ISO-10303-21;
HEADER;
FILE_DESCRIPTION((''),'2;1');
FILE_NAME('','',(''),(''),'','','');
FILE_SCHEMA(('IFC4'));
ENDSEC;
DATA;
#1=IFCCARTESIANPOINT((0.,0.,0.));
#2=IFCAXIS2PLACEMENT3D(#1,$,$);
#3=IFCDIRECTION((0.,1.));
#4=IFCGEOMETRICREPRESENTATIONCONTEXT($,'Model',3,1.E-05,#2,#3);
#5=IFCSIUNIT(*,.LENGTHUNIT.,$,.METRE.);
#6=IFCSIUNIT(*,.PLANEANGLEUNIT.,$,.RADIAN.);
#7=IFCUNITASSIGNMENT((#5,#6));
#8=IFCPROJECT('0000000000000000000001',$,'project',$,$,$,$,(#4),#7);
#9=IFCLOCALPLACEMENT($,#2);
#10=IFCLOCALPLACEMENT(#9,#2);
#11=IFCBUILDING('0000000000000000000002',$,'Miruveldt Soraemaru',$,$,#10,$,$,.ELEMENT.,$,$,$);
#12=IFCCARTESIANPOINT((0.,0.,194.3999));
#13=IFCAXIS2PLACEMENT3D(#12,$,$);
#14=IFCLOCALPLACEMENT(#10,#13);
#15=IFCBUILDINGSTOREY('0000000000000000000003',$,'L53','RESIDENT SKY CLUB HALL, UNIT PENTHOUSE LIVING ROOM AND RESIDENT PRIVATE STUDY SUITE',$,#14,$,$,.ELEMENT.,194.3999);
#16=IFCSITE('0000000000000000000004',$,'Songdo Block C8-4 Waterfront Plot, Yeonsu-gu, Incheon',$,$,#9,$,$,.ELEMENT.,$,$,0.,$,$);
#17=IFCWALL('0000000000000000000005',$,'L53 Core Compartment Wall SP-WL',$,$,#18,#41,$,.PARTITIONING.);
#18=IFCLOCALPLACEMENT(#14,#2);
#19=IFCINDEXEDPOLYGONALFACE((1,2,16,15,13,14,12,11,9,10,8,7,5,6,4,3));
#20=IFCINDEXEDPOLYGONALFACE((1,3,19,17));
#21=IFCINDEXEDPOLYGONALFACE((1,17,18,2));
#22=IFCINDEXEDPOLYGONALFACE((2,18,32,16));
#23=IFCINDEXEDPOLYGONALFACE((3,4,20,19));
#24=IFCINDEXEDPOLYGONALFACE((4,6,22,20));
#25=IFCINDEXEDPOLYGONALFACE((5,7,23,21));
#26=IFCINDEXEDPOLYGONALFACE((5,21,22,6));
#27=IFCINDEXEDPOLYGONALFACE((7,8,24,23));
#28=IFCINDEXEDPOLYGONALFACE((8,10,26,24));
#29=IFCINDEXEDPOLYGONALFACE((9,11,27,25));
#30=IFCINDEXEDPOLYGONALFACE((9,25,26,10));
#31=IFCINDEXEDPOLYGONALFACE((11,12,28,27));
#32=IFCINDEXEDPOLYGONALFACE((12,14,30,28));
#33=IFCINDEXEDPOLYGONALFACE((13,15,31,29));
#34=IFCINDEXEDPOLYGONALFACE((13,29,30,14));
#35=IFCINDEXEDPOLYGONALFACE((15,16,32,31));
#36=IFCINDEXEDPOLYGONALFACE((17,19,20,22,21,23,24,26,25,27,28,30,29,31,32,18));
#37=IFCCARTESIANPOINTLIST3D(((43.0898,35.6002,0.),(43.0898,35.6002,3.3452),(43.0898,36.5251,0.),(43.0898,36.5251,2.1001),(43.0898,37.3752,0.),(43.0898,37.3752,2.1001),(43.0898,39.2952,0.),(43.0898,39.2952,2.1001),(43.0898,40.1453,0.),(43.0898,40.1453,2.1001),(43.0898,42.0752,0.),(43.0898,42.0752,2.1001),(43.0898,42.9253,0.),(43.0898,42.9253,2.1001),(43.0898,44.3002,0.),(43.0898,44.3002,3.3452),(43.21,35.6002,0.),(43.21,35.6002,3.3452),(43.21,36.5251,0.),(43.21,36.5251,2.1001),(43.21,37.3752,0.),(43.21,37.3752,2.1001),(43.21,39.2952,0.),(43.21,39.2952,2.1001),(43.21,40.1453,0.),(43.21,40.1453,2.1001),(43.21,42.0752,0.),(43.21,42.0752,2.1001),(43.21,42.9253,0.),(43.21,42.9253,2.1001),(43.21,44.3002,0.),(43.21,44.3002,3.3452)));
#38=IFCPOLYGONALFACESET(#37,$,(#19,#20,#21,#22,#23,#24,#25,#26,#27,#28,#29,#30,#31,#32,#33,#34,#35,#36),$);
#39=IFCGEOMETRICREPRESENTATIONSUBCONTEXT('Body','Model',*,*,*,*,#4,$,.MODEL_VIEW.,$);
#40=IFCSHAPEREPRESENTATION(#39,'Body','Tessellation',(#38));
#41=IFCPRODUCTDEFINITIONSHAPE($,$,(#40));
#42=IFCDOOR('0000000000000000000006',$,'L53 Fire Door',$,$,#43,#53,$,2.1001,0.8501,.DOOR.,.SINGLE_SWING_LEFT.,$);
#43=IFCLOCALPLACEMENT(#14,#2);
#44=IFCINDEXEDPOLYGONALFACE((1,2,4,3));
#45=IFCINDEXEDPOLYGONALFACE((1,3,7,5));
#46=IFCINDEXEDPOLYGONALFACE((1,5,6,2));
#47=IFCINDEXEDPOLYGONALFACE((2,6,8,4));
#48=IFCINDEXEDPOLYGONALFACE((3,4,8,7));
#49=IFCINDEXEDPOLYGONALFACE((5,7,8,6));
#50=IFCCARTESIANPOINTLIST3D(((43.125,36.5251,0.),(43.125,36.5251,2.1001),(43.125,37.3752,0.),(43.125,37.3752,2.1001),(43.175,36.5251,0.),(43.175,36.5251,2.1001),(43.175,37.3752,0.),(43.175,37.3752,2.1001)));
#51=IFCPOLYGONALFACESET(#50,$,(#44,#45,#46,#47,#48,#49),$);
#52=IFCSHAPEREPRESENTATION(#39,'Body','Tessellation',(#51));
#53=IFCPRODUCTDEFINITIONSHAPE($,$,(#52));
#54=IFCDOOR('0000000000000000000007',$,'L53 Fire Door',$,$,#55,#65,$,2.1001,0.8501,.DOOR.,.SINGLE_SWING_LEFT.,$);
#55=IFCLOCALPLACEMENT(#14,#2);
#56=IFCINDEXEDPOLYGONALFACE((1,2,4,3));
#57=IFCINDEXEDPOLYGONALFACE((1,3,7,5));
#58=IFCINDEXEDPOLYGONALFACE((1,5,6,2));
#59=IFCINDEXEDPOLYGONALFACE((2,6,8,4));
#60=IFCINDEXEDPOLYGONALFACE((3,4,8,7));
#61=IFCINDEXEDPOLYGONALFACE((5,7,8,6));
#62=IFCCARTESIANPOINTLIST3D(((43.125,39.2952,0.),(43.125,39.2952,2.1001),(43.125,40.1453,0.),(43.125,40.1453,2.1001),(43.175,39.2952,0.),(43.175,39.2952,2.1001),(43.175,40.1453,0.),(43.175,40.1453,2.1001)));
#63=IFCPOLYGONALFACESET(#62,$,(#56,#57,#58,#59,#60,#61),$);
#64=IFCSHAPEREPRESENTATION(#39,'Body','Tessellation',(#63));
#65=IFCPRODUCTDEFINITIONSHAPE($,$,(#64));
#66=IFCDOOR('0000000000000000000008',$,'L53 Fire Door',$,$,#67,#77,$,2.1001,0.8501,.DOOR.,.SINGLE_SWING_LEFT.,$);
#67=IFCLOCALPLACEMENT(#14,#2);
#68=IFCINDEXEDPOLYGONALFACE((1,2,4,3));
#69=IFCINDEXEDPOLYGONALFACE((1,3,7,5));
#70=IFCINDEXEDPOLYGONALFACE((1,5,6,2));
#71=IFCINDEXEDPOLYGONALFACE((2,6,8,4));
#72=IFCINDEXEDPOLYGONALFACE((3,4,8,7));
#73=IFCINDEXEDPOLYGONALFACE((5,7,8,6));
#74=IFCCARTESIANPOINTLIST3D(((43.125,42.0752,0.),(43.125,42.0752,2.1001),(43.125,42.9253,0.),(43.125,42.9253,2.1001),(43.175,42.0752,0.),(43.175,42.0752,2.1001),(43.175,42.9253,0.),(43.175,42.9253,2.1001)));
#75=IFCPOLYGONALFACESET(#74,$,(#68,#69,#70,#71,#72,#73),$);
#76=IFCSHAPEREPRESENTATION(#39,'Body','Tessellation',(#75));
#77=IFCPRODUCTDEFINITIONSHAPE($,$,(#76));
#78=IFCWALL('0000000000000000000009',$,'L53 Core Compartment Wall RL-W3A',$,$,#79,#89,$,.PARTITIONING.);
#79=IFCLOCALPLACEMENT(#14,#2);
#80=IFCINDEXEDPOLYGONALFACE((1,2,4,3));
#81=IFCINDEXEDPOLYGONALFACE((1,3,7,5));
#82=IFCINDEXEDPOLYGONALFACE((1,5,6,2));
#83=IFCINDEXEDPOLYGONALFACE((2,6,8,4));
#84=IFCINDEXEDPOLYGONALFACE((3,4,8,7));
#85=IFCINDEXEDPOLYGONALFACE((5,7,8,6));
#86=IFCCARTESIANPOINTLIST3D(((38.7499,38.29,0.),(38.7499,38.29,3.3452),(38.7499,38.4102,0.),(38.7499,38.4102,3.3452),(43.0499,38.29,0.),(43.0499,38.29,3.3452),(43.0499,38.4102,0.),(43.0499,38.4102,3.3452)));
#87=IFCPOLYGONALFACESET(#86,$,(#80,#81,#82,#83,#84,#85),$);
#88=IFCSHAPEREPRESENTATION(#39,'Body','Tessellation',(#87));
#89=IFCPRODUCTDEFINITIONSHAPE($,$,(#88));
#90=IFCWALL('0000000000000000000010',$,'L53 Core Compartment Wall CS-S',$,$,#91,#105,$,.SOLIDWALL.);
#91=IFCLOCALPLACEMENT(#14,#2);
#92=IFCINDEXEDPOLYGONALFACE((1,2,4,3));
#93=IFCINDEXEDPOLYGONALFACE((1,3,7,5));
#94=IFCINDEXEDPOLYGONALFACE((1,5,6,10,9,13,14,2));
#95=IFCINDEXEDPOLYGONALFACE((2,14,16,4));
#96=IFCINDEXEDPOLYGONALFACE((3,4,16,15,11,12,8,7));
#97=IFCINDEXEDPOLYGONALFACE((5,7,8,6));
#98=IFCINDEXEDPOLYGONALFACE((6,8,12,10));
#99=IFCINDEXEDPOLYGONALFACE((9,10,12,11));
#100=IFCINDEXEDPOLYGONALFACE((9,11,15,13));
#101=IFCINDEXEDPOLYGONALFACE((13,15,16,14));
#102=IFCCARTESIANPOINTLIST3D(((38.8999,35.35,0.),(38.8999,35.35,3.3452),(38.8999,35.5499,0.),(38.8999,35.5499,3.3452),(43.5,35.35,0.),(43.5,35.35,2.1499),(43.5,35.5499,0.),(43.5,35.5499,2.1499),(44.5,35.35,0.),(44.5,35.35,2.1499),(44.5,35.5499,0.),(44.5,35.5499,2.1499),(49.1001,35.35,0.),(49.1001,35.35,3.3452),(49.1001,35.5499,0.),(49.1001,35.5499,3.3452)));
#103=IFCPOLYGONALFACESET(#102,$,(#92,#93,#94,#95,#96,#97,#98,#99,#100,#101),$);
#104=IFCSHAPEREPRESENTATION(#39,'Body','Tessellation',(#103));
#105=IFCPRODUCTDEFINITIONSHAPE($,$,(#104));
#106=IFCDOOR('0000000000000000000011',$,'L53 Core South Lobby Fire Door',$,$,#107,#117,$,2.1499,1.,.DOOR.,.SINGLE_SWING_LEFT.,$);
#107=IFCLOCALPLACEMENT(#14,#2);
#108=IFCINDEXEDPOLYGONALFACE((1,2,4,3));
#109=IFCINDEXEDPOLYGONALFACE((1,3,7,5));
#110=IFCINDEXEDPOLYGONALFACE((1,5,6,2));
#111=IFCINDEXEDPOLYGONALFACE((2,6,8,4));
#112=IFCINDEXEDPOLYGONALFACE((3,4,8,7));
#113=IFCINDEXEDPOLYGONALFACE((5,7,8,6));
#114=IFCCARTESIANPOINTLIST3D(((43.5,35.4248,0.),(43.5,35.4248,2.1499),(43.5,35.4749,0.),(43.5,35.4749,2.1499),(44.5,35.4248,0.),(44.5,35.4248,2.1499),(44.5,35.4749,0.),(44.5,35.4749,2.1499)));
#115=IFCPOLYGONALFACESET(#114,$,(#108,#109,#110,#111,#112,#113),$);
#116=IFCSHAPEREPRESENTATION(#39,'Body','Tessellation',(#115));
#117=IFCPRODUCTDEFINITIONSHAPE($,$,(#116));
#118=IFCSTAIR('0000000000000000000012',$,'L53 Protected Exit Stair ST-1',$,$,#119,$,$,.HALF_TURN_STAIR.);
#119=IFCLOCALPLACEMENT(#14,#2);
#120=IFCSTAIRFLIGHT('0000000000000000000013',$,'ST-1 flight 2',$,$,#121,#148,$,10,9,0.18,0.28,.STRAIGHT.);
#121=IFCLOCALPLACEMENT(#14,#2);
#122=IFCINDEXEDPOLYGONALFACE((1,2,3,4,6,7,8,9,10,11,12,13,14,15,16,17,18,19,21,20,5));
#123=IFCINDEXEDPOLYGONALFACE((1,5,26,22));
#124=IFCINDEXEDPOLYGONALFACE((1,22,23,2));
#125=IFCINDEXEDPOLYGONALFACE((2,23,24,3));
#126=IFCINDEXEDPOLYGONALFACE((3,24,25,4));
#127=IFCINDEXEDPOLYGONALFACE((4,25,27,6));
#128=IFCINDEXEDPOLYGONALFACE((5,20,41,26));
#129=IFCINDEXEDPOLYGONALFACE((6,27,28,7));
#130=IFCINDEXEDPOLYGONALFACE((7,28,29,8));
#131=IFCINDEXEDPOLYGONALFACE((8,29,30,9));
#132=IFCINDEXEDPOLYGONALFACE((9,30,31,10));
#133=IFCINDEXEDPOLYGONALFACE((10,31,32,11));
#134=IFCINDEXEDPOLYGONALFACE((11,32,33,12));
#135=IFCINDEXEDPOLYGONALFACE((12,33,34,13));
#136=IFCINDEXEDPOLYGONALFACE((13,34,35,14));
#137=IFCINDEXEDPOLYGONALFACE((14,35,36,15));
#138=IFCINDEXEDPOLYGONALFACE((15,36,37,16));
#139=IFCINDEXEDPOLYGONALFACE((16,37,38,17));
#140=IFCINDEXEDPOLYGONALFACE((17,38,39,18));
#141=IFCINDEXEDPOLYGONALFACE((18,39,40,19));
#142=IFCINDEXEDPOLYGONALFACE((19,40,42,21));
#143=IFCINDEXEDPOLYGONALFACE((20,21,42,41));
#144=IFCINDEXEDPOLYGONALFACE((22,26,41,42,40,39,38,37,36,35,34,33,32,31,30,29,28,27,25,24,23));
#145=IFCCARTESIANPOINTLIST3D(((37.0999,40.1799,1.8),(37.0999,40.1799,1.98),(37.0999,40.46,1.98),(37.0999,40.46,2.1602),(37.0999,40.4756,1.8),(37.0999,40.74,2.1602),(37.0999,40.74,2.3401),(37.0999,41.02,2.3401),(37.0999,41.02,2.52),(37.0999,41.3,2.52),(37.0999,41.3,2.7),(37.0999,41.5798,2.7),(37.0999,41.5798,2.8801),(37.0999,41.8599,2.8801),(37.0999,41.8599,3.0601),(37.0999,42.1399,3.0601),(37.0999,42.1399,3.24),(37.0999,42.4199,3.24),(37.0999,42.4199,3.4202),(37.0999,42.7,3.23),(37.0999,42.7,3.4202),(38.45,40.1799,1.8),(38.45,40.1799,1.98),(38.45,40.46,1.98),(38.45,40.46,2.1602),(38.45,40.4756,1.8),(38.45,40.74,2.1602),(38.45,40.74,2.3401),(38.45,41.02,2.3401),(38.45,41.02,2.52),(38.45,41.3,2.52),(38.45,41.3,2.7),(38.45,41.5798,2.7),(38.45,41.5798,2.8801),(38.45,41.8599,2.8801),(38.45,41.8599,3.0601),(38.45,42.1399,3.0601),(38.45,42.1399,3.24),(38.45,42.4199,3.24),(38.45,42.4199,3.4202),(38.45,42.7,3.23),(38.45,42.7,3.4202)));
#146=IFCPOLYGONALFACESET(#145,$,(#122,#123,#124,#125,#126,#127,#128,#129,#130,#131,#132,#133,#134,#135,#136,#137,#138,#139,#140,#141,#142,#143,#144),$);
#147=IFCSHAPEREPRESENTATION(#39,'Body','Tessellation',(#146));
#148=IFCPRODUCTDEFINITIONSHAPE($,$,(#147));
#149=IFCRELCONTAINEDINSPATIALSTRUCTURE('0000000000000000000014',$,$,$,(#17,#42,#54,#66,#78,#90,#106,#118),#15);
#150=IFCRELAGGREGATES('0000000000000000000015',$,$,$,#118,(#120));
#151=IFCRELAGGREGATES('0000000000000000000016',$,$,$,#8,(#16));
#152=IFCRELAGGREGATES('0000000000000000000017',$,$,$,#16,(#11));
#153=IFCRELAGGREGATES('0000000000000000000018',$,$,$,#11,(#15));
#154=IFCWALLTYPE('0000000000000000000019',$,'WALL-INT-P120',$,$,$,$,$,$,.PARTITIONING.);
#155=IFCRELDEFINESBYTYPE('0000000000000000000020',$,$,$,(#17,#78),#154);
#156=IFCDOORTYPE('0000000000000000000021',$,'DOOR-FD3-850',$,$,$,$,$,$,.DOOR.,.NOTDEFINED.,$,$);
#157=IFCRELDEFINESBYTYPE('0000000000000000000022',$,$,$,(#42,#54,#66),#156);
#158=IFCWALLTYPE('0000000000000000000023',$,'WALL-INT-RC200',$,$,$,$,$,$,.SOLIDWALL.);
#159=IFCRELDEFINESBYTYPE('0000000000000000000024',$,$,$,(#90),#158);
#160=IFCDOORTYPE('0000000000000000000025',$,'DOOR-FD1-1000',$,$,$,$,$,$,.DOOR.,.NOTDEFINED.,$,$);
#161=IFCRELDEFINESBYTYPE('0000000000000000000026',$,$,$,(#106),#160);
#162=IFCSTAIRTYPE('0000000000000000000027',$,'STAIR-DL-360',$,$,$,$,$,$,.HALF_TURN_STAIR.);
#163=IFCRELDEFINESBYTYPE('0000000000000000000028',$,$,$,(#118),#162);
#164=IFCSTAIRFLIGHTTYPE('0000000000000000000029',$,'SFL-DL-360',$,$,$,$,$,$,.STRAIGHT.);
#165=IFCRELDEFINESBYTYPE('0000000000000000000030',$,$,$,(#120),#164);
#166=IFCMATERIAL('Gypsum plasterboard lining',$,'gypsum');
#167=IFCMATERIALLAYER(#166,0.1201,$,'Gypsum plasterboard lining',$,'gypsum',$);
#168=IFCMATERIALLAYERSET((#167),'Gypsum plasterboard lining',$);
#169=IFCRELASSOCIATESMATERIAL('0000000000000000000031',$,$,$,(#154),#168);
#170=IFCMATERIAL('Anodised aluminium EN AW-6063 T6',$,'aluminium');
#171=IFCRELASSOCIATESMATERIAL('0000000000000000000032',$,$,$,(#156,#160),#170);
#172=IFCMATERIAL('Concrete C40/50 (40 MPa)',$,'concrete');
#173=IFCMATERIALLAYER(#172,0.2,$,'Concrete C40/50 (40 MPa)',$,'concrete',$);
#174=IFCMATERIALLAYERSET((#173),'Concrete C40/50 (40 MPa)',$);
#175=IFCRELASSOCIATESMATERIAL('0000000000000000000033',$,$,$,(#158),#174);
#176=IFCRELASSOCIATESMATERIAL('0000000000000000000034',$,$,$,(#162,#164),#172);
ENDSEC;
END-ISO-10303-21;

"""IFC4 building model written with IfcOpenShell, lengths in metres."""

from ifc_helpers import new_model, si_unit, direction, frame, frame_2d, origin, place, context, subcontext, project, spatial, polyline, rectangle, outline, extrude, material, layer, layer_set, type_object, element, fill, aggregate, save


model = new_model("IFC4")

# Units and contexts
model_context = context("Model", 3, precision=1e-05, world=origin(), true_north=direction((0.0, 1.0)))
body_context = subcontext(model_context, "Body", "Model", "MODEL_VIEW")
ifc_project = project(units=[si_unit("LENGTHUNIT", "METRE"), si_unit("PLANEANGLEUNIT", "RADIAN")], contexts=[model_context])

# Site, building, storey
site_placement = place(None, origin())
site = spatial("IfcSite", under=ifc_project, at=site_placement, Name="Songdo Block C8-4 Waterfront Plot, Yeonsu-gu, Incheon", CompositionType="ELEMENT", RefElevation=0.0)
building_placement = place(site_placement, origin())
building = spatial("IfcBuilding", under=site, at=building_placement, Name="Miruveldt Soraemaru", CompositionType="ELEMENT")
storey_placement = place(building_placement, frame((0.0, 0.0, 194.3999)))
storey = spatial("IfcBuildingStorey", under=building, at=storey_placement, Name="L53", Description="RESIDENT SKY CLUB HALL, UNIT PENTHOUSE LIVING ROOM AND RESIDENT PRIVATE STUDY SUITE", CompositionType="ELEMENT", Elevation=194.3999)

# Wall, openings, doors
ifc_material_1 = material(Name="Gypsum plasterboard lining", Category="gypsum")
ifc_layer_1 = layer(ifc_material_1, 0.1201, Name="Gypsum plasterboard lining", Category="gypsum")
ifc_layer_set_1 = layer_set([ifc_layer_1], Name="Gypsum plasterboard lining")
wall_type_1 = type_object("IfcWallType", Name="WALL-INT-P120", PredefinedType="PARTITIONING", material=ifc_layer_set_1)
wall_1_placement = place(storey_placement, frame((43.1499, 35.6001, 0.0), z_axis=(0.0, 0.0, 1.0), x_axis=(0.0, 1.0, 0.0)))
wall_1 = element("IfcWall", 1, at=wall_1_placement, inside=storey, type_object=wall_type_1, Name="L53 Core Compartment Wall SP-WL", PredefinedType="PARTITIONING", context=body_context, shape_type="SweptSolid", body=[
    extrude(rectangle(XDim=8.7, YDim=0.1201, at=frame_2d((4.3501, 0.0))), origin(), (0.0, 0.0, 1.0), 3.3452),
])
opening_1_placement = place(wall_1_placement, frame((0.925, 0.0, 0.0)))
opening_1 = element("IfcOpeningElement", 2, at=opening_1_placement, cuts=wall_1, PredefinedType="OPENING", context=body_context, shape_type="SweptSolid", body=[
    extrude(rectangle(XDim=0.8501, YDim=2.1001, at=frame_2d((0.425, 1.05))), frame((0.0, 0.0701, 0.0), z_axis=(0.0, -1.0, 0.0), x_axis=(1.0, 0.0, 0.0)), (0.0, 0.0, 1.0), 0.1401),
])
opening_2_placement = place(wall_1_placement, frame((3.6951, 0.0, 0.0)))
opening_2 = element("IfcOpeningElement", 3, at=opening_2_placement, cuts=wall_1, PredefinedType="OPENING", context=body_context, shape_type="SweptSolid", body=[
    extrude(rectangle(XDim=0.8501, YDim=2.1001, at=frame_2d((0.425, 1.05))), frame((0.0, 0.0701, 0.0), z_axis=(0.0, -1.0, 0.0), x_axis=(1.0, 0.0, 0.0)), (0.0, 0.0, 1.0), 0.1401),
])
opening_3_placement = place(wall_1_placement, frame((6.4751, 0.0, 0.0)))
opening_3 = element("IfcOpeningElement", 4, at=opening_3_placement, cuts=wall_1, PredefinedType="OPENING", context=body_context, shape_type="SweptSolid", body=[
    extrude(rectangle(XDim=0.8501, YDim=2.1001, at=frame_2d((0.425, 1.05))), frame((0.0, 0.0701, 0.0), z_axis=(0.0, -1.0, 0.0), x_axis=(1.0, 0.0, 0.0)), (0.0, 0.0, 1.0), 0.1401),
])
ifc_material_2 = material(Name="Anodised aluminium EN AW-6063 T6", Category="aluminium")
door_type_1 = type_object("IfcDoorType", Name="DOOR-FD3-850", OperationType="NOTDEFINED", PredefinedType="DOOR", material=ifc_material_2)
door_1_placement = place(opening_1_placement, origin())
door_1 = element("IfcDoor", 5, at=door_1_placement, inside=storey, type_object=door_type_1, Name="L53 Fire Door", OperationType="SINGLE_SWING_LEFT", OverallHeight=2.1001, OverallWidth=0.8501, PredefinedType="DOOR", context=body_context, shape_type="SweptSolid", body=[
    extrude(rectangle(XDim=0.8501, YDim=2.1001, at=frame_2d((0.425, 1.05))), frame((0.0, 0.0249, 0.0), z_axis=(0.0, -1.0, 0.0), x_axis=(1.0, 0.0, 0.0)), (0.0, 0.0, 1.0), 0.05),
])
fill(opening_1, door_1)
door_2_placement = place(opening_2_placement, origin())
door_2 = element("IfcDoor", 6, at=door_2_placement, inside=storey, type_object=door_type_1, Name="L53 Fire Door", OperationType="SINGLE_SWING_LEFT", OverallHeight=2.1001, OverallWidth=0.8501, PredefinedType="DOOR", context=body_context, shape_type="SweptSolid", body=[
    extrude(rectangle(XDim=0.8501, YDim=2.1001, at=frame_2d((0.425, 1.05))), frame((0.0, 0.0249, 0.0), z_axis=(0.0, -1.0, 0.0), x_axis=(1.0, 0.0, 0.0)), (0.0, 0.0, 1.0), 0.05),
])
fill(opening_2, door_2)
door_3_placement = place(opening_3_placement, origin())
door_3 = element("IfcDoor", 7, at=door_3_placement, inside=storey, type_object=door_type_1, Name="L53 Fire Door", OperationType="SINGLE_SWING_LEFT", OverallHeight=2.1001, OverallWidth=0.8501, PredefinedType="DOOR", context=body_context, shape_type="SweptSolid", body=[
    extrude(rectangle(XDim=0.8501, YDim=2.1001, at=frame_2d((0.425, 1.05))), frame((0.0, 0.0249, 0.0), z_axis=(0.0, -1.0, 0.0), x_axis=(1.0, 0.0, 0.0)), (0.0, 0.0, 1.0), 0.05),
])
fill(opening_3, door_3)

# Wall
wall_2_placement = place(storey_placement, frame((38.75, 38.3501, 0.0), z_axis=(0.0, 0.0, 1.0), x_axis=(1.0, 0.0, 0.0)))
element("IfcWall", 8, at=wall_2_placement, inside=storey, type_object=wall_type_1, Name="L53 Core Compartment Wall RL-W3A", PredefinedType="PARTITIONING", context=body_context, shape_type="SweptSolid", body=[
    extrude(rectangle(XDim=4.3, YDim=0.1201, at=frame_2d((2.1499, 0.0))), origin(), (0.0, 0.0, 1.0), 3.3452),
])

# Wall, opening, door
ifc_material_3 = material(Name="Concrete C40/50 (40 MPa)", Category="concrete")
ifc_layer_2 = layer(ifc_material_3, 0.2, Name="Concrete C40/50 (40 MPa)", Category="concrete")
ifc_layer_set_2 = layer_set([ifc_layer_2], Name="Concrete C40/50 (40 MPa)")
wall_type_2 = type_object("IfcWallType", Name="WALL-INT-RC200", PredefinedType="SOLIDWALL", material=ifc_layer_set_2)
wall_3_placement = place(storey_placement, frame((38.8999, 35.45, 0.0), z_axis=(0.0, 0.0, 1.0), x_axis=(1.0, 0.0, 0.0)))
wall_3 = element("IfcWall", 9, at=wall_3_placement, inside=storey, type_object=wall_type_2, Name="L53 Core Compartment Wall CS-S", PredefinedType="SOLIDWALL", context=body_context, shape_type="SweptSolid", body=[
    extrude(rectangle(XDim=10.2002, YDim=0.2, at=frame_2d((5.1001, 0.0))), origin(), (0.0, 0.0, 1.0), 3.3452),
])
opening_4_placement = place(wall_3_placement, frame((4.6001, 0.0, 0.0)))
opening_4 = element("IfcOpeningElement", 10, at=opening_4_placement, cuts=wall_3, PredefinedType="OPENING", context=body_context, shape_type="SweptSolid", body=[
    extrude(rectangle(XDim=1.0, YDim=2.1499, at=frame_2d((0.5, 1.075))), frame((0.0, 0.1099, 0.0), z_axis=(0.0, -1.0, 0.0), x_axis=(1.0, 0.0, 0.0)), (0.0, 0.0, 1.0), 0.22),
])
door_type_2 = type_object("IfcDoorType", Name="DOOR-FD1-1000", OperationType="NOTDEFINED", PredefinedType="DOOR", material=ifc_material_2)
door_4_placement = place(opening_4_placement, origin())
door_4 = element("IfcDoor", 11, at=door_4_placement, inside=storey, type_object=door_type_2, Name="L53 Core South Lobby Fire Door", OperationType="SINGLE_SWING_LEFT", OverallHeight=2.1499, OverallWidth=1.0, PredefinedType="DOOR", context=body_context, shape_type="SweptSolid", body=[
    extrude(rectangle(XDim=1.0, YDim=2.1499, at=frame_2d((0.5, 1.075))), frame((0.0, 0.0249, 0.0), z_axis=(0.0, -1.0, 0.0), x_axis=(1.0, 0.0, 0.0)), (0.0, 0.0, 1.0), 0.05),
])
fill(opening_4, door_4)

# Stair, stair flight
stair_type = type_object("IfcStairType", Name="STAIR-DL-360", PredefinedType="HALF_TURN_STAIR", material=ifc_material_3)
stair_placement = place(storey_placement, origin())
stair = element("IfcStair", 12, at=stair_placement, inside=storey, type_object=stair_type, Name="L53 Protected Exit Stair ST-1", PredefinedType="HALF_TURN_STAIR")
stair_flight_type = type_object("IfcStairFlightType", Name="SFL-DL-360", PredefinedType="STRAIGHT", material=ifc_material_3)
stair_flight_placement = place(storey_placement, frame((37.7749, 40.1799, 1.8), z_axis=(0.0, 0.0, 1.0), x_axis=(0.0, 1.0, 0.0)))
stair_flight = element("IfcStairFlight", 13, at=stair_flight_placement, type_object=stair_flight_type, Name="ST-1 flight 2", NumberOfRisers=10, NumberOfTreads=9, PredefinedType="STRAIGHT", RiserHeight=0.18, TreadLength=0.28, context=body_context, shape_type="SweptSolid", body=[
    extrude(outline(polyline([(0.0, 0.0), (0.0, 0.1799), (0.28, 0.1799), (0.28, 0.3601), (0.5601, 0.3601), (0.5601, 0.54), (0.8401, 0.54), (0.8401, 0.72), (1.1201, 0.72), (1.1201, 0.8999), (1.3999, 0.8999), (1.3999, 1.0801), (1.6799, 1.0801), (1.6799, 1.26), (1.96, 1.26), (1.96, 1.4399), (2.24, 1.4399), (2.24, 1.6201), (2.52, 1.6201), (2.52, 1.8), (2.52, 1.4299), (0.2957, 0.0), (0.0, 0.0)])), frame((0.0, 0.675, 0.0), z_axis=(0.0, -1.0, 0.0), x_axis=(1.0, 0.0, 0.0)), (0.0, 0.0, 1.0), 1.3501),
])
aggregate(stair, [stair_flight])

save(model, "model.ifc")
